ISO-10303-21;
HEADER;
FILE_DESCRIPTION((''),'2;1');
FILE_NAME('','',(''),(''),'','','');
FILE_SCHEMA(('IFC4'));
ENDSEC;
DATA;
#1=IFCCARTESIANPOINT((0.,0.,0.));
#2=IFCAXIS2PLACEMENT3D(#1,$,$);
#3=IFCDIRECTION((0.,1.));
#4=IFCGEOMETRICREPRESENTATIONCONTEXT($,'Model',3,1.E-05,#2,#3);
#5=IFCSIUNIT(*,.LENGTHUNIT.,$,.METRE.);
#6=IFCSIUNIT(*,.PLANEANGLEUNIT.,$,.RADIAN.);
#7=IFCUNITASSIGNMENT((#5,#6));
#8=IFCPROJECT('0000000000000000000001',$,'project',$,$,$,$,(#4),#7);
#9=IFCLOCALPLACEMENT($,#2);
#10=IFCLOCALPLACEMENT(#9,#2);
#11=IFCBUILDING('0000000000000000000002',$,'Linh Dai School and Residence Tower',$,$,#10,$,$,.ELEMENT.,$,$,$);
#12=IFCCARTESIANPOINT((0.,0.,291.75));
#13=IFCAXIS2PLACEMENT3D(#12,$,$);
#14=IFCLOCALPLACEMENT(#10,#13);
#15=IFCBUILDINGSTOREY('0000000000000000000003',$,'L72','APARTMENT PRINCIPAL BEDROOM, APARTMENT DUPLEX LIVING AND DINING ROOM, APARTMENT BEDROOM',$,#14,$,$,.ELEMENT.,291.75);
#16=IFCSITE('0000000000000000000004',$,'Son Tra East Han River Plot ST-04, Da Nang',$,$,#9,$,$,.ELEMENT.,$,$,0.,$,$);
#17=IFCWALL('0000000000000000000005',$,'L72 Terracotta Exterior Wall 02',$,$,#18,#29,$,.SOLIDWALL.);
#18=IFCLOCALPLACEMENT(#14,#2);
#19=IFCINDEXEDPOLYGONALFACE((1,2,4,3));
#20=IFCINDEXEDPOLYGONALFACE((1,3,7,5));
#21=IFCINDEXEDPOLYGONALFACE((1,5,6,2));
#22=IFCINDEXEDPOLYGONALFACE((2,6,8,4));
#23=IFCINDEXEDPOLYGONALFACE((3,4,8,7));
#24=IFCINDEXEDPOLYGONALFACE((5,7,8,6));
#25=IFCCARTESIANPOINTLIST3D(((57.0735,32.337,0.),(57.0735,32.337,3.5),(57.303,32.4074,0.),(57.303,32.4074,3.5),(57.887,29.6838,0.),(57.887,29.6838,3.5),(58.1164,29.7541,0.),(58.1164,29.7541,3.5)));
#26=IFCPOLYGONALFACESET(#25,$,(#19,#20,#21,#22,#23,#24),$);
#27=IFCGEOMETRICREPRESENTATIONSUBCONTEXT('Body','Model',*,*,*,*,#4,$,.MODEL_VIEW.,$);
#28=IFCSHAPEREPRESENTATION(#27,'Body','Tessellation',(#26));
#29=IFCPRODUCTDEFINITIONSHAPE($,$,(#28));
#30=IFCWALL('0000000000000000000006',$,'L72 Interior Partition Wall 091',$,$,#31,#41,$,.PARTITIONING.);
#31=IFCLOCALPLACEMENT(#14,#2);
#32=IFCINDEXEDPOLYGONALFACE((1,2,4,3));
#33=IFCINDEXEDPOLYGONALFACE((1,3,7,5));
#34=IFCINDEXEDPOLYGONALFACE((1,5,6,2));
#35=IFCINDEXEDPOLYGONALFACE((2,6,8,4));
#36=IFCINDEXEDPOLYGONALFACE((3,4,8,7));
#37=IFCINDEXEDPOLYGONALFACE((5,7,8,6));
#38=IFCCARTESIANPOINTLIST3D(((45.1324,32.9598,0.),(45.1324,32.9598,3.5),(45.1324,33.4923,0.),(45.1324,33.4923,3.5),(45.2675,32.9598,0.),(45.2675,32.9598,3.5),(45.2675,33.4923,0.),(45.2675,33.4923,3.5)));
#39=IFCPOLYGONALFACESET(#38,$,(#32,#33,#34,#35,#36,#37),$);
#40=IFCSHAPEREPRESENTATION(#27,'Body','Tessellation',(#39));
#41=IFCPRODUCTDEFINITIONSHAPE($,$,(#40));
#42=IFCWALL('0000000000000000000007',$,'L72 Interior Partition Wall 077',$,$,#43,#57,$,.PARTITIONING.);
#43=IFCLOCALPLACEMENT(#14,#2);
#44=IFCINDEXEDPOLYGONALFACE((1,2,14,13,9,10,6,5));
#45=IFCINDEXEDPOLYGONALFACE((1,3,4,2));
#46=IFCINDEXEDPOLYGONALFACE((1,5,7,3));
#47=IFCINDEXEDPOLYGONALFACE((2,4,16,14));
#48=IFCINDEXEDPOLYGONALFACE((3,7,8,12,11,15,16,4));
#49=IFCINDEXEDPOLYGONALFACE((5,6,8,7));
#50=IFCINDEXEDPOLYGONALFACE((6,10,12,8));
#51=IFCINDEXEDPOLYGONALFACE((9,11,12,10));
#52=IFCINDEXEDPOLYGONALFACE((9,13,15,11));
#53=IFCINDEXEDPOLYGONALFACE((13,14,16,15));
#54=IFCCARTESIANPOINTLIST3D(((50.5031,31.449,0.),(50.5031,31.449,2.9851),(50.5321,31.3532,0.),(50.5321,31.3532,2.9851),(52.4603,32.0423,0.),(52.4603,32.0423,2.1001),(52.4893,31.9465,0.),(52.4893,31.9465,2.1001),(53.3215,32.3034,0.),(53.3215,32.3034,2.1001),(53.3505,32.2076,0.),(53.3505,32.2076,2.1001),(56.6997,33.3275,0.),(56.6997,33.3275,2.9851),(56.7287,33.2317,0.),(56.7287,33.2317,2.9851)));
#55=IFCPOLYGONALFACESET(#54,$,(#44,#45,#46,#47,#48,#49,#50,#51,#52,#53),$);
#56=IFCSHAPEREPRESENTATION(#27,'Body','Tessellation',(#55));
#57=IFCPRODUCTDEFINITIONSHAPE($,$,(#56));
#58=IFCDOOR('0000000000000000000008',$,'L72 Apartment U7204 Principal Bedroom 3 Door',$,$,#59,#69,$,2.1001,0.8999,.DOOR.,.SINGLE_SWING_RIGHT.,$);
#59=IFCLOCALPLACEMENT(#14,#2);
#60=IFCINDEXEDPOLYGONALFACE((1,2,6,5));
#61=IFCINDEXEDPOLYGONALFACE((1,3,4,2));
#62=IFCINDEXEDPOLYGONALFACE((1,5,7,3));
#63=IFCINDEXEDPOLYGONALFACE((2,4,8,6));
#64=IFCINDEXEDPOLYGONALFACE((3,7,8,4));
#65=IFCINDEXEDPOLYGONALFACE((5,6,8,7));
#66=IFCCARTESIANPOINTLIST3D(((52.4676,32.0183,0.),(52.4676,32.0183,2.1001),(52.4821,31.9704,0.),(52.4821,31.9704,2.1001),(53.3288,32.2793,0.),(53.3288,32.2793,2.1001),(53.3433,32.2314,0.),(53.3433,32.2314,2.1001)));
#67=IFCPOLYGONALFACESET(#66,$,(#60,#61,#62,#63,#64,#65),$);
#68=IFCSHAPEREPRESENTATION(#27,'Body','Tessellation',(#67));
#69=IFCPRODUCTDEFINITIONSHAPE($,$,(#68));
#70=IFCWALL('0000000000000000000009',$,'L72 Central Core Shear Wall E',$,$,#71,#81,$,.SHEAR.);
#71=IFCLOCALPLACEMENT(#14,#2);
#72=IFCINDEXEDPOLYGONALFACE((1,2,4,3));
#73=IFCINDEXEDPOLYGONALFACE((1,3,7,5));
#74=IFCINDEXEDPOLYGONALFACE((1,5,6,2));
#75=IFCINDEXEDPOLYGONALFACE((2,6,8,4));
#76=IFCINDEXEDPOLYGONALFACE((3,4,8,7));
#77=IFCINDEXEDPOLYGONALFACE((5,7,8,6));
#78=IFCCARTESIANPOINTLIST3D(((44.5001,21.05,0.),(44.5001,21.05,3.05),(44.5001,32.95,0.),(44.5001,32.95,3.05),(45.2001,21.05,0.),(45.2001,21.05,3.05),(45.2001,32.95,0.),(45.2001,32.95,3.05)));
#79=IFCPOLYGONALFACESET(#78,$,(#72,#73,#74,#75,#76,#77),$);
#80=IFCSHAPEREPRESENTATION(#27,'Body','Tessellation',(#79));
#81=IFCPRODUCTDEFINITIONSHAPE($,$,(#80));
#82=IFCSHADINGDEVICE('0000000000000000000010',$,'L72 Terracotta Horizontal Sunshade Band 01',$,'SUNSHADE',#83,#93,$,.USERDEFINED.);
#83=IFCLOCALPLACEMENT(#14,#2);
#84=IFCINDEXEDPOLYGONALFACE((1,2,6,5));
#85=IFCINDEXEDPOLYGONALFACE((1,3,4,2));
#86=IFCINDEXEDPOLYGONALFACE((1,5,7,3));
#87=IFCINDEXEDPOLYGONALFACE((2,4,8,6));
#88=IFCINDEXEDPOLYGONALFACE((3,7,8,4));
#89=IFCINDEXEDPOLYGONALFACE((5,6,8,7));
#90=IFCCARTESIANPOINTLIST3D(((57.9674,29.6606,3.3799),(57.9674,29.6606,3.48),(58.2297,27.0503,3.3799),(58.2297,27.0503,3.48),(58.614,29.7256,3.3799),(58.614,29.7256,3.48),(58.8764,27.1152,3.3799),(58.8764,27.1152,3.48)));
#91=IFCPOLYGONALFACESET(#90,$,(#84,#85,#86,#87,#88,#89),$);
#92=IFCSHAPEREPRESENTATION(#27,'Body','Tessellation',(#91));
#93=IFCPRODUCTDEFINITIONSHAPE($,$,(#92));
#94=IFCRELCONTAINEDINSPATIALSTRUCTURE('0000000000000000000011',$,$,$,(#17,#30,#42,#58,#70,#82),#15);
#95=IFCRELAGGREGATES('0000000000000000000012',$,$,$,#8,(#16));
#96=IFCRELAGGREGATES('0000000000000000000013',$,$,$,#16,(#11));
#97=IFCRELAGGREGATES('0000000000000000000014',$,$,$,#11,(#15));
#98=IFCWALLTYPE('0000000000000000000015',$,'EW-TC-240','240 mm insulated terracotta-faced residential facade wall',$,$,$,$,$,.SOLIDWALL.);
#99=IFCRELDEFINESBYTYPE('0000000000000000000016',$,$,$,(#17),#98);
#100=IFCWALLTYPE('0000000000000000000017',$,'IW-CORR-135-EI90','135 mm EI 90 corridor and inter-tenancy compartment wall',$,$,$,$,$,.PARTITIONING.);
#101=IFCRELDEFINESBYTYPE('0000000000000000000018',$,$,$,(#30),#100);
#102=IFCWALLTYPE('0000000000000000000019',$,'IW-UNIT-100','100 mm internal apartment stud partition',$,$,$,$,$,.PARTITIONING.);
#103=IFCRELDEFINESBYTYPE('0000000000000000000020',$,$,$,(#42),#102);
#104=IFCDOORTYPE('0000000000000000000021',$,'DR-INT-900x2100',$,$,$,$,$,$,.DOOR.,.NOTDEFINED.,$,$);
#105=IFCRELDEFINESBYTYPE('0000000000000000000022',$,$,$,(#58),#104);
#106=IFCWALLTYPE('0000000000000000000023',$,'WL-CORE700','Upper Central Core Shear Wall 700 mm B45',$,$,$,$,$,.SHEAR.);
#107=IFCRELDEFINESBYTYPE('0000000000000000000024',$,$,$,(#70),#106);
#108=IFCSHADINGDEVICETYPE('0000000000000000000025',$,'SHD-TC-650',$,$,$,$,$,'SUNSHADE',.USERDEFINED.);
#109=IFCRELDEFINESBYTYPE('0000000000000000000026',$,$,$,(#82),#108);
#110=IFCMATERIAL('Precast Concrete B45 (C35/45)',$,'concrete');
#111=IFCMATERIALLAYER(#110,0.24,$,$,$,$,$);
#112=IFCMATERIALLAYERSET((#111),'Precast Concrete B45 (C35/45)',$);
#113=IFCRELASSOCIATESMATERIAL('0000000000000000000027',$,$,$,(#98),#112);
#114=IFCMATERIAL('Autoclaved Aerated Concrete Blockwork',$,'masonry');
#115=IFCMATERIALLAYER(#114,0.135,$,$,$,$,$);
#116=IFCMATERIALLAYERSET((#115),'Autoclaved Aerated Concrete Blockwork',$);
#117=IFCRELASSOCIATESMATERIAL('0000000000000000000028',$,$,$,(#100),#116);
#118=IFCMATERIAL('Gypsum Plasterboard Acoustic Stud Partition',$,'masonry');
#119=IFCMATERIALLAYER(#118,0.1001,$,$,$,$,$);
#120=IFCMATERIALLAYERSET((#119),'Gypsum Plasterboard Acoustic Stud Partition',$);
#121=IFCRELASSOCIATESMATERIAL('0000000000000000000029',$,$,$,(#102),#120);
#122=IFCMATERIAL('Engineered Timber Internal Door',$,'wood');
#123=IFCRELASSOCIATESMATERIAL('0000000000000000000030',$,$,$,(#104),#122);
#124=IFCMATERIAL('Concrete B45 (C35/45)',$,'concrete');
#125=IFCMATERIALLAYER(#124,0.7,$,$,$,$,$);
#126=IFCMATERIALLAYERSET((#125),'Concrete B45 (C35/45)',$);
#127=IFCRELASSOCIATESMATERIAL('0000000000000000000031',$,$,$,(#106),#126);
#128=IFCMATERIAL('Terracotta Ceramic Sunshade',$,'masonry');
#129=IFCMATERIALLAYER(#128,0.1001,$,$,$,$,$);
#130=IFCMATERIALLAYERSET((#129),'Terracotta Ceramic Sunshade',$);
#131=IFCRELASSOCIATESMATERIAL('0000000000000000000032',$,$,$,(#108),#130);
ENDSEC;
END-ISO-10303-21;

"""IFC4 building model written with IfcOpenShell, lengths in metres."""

from ifc_helpers import new_model, si_unit, direction, frame, frame_2d, origin, origin_2d, place, context, subcontext, project, spatial, rectangle, extrude, source, transform, mapped, material, layer, layer_set, type_object, element, fill, save


model = new_model("IFC4")

# Units and contexts
model_context = context("Model", 3, precision=1e-05, world=origin(), true_north=direction((0.0, 1.0)))
body_context = subcontext(model_context, "Body", "Model", "MODEL_VIEW")
ifc_project = project(units=[si_unit("LENGTHUNIT", "METRE"), si_unit("PLANEANGLEUNIT", "RADIAN")], contexts=[model_context])

# Site, building, storey
site_placement = place(None, origin())
site = spatial("IfcSite", under=ifc_project, at=site_placement, Name="Son Tra East Han River Plot ST-04, Da Nang", CompositionType="ELEMENT", RefElevation=0.0)
building_placement = place(site_placement, origin())
building = spatial("IfcBuilding", under=site, at=building_placement, Name="Linh Dai School and Residence Tower", CompositionType="ELEMENT")
storey_placement = place(building_placement, frame((0.0, 0.0, 291.75)))
storey = spatial("IfcBuildingStorey", under=building, at=storey_placement, Name="L72", Description="APARTMENT PRINCIPAL BEDROOM, APARTMENT DUPLEX LIVING AND DINING ROOM, APARTMENT BEDROOM", CompositionType="ELEMENT", Elevation=291.75)

# Shared definitions
ifc_material_1 = material(Name="Precast Concrete B45 (C35/45)", Category="concrete")

# Walls
ifc_layer_1 = layer(ifc_material_1, 0.24)
ifc_layer_set_1 = layer_set([ifc_layer_1], Name="Precast Concrete B45 (C35/45)")
wall_type_1 = type_object("IfcWallType", Name="EW-TC-240", Description="240 mm insulated terracotta-faced residential facade wall", PredefinedType="SOLIDWALL", material=ifc_layer_set_1)
wall_1_placement = place(storey_placement, frame((57.1882, 32.3723, 0.0), z_axis=(0.0, 0.0, 1.0), x_axis=(0.293121, -0.956075, 0.0)))
element("IfcWall", 1, at=wall_1_placement, inside=storey, type_object=wall_type_1, Name="L72 Terracotta Exterior Wall 02", PredefinedType="SOLIDWALL", context=body_context, shape_type="SweptSolid", body=[
    extrude(rectangle(XDim=2.7751, YDim=0.24, at=frame_2d((1.3877, 0.0))), origin(), (0.0, 0.0, 1.0), 3.5),
])
ifc_material_2 = material(Name="Autoclaved Aerated Concrete Blockwork", Category="masonry")
ifc_layer_2 = layer(ifc_material_2, 0.135)
ifc_layer_set_2 = layer_set([ifc_layer_2], Name="Autoclaved Aerated Concrete Blockwork")
wall_type_2 = type_object("IfcWallType", Name="IW-CORR-135-EI90", Description="135 mm EI 90 corridor and inter-tenancy compartment wall", PredefinedType="PARTITIONING", material=ifc_layer_set_2)
wall_2_placement = place(storey_placement, frame((45.2, 32.96, 0.0), z_axis=(0.0, 0.0, 1.0), x_axis=(0.0, 1.0, 0.0)))
element("IfcWall", 2, at=wall_2_placement, inside=storey, type_object=wall_type_2, Name="L72 Interior Partition Wall 091", PredefinedType="PARTITIONING", context=body_context, shape_type="SweptSolid", body=[
    extrude(rectangle(XDim=0.5325, YDim=0.135, at=frame_2d((0.2661, 0.0))), origin(), (0.0, 0.0, 1.0), 3.5),
])

# Wall, opening, door
ifc_material_3 = material(Name="Gypsum Plasterboard Acoustic Stud Partition", Category="masonry")
ifc_layer_3 = layer(ifc_material_3, 0.1001)
ifc_layer_set_3 = layer_set([ifc_layer_3], Name="Gypsum Plasterboard Acoustic Stud Partition")
wall_type_3 = type_object("IfcWallType", Name="IW-UNIT-100", Description="100 mm internal apartment stud partition", PredefinedType="PARTITIONING", material=ifc_layer_set_3)
wall_3_placement = place(storey_placement, frame((50.5176, 31.4011, 0.0), z_axis=(0.0, 0.0, 1.0), x_axis=(0.956995, 0.290104, 0.0)))
wall_3 = element("IfcWall", 3, at=wall_3_placement, inside=storey, type_object=wall_type_3, Name="L72 Interior Partition Wall 077", PredefinedType="PARTITIONING", context=body_context, shape_type="SweptSolid", body=[
    extrude(rectangle(XDim=6.4751, YDim=0.1001, at=frame_2d((3.2375, 0.0))), origin(), (0.0, 0.0, 1.0), 2.9851),
])
opening_placement = place(wall_3_placement, frame((2.0452, 0.0, 0.0)))
opening = element("IfcOpeningElement", 4, at=opening_placement, cuts=wall_3, PredefinedType="OPENING", context=body_context, shape_type="SweptSolid", body=[
    extrude(rectangle(XDim=0.8999, YDim=2.1001, at=origin_2d()), frame((0.45, 0.0601, 1.05), z_axis=(0.0, -1.0, 0.0), x_axis=(1.0, 0.0, 0.0)), (0.0, 0.0, 1.0), 0.1201),
])
ifc_material_4 = material(Name="Engineered Timber Internal Door", Category="wood")
door_type = type_object("IfcDoorType", Name="DR-INT-900x2100", OperationType="NOTDEFINED", PredefinedType="DOOR", material=ifc_material_4)
shared_shape_1 = source(origin(), body_context, "Body", "SweptSolid", [
    extrude(rectangle(XDim=0.8999, YDim=2.1001, at=origin_2d()), frame((0.45, 0.0249, 1.05), z_axis=(0.0, -1.0, 0.0), x_axis=(1.0, 0.0, 0.0)), (0.0, 0.0, 1.0), 0.05),
])
door_placement = place(opening_placement, origin())
door = element("IfcDoor", 5, at=door_placement, inside=storey, type_object=door_type, Name="L72 Apartment U7204 Principal Bedroom 3 Door", OperationType="SINGLE_SWING_RIGHT", OverallHeight=2.1001, OverallWidth=0.8999, PredefinedType="DOOR", context=body_context, shape_type="MappedRepresentation", body=[
    mapped(shared_shape_1, transform((0.0, 0.0, 0.0), x_axis=(1.0, 0.0, 0.0), y_axis=(0.0, 1.0, 0.0), z_axis=(0.0, 0.0, 1.0), scale=1.0)),
])
fill(opening, door)

# Wall
ifc_material_5 = material(Name="Concrete B45 (C35/45)", Category="concrete")
ifc_layer_4 = layer(ifc_material_5, 0.7)
ifc_layer_set_4 = layer_set([ifc_layer_4], Name="Concrete B45 (C35/45)")
wall_type_4 = type_object("IfcWallType", Name="WL-CORE700", Description="Upper Central Core Shear Wall 700 mm B45", PredefinedType="SHEAR", material=ifc_layer_set_4)
wall_4_placement = place(storey_placement, frame((44.8501, 32.95, 0.0), z_axis=(0.0, 0.0, 1.0), x_axis=(0.0, -1.0, 0.0)))
element("IfcWall", 6, at=wall_4_placement, inside=storey, type_object=wall_type_4, Name="L72 Central Core Shear Wall E", PredefinedType="SHEAR", context=body_context, shape_type="SweptSolid", body=[
    extrude(rectangle(XDim=11.8999, YDim=0.7, at=frame_2d((5.95, 0.0))), origin(), (0.0, 0.0, 1.0), 3.05),
])

# Shading device
ifc_material_6 = material(Name="Terracotta Ceramic Sunshade", Category="masonry")
ifc_layer_5 = layer(ifc_material_6, 0.1001)
ifc_layer_set_5 = layer_set([ifc_layer_5], Name="Terracotta Ceramic Sunshade")
shading_device_type = type_object("IfcShadingDeviceType", Name="SHD-TC-650", ElementType="SUNSHADE", PredefinedType="USERDEFINED", material=ifc_layer_set_5)
shared_shape_2 = source(origin(), body_context, "Body", "SweptSolid", [
    extrude(rectangle(XDim=2.6235, YDim=0.6499, at=origin_2d()), origin(), (0.0, 0.0, 1.0), 0.1001),
])
shading_device_placement = place(storey_placement, frame((58.4219, 28.3879, 3.3799), z_axis=(0.0, 0.0, 1.0), x_axis=(0.100008, -0.994987, 0.0)))
element("IfcShadingDevice", 7, at=shading_device_placement, inside=storey, type_object=shading_device_type, Name="L72 Terracotta Horizontal Sunshade Band 01", ObjectType="SUNSHADE", PredefinedType="USERDEFINED", context=body_context, shape_type="MappedRepresentation", body=[
    mapped(shared_shape_2, transform((0.0, 0.0, 0.0), x_axis=(1.0, 0.0, 0.0), y_axis=(0.0, 1.0, 0.0), z_axis=(0.0, 0.0, 1.0), scale=1.0)),
])

save(model, "model.ifc")
